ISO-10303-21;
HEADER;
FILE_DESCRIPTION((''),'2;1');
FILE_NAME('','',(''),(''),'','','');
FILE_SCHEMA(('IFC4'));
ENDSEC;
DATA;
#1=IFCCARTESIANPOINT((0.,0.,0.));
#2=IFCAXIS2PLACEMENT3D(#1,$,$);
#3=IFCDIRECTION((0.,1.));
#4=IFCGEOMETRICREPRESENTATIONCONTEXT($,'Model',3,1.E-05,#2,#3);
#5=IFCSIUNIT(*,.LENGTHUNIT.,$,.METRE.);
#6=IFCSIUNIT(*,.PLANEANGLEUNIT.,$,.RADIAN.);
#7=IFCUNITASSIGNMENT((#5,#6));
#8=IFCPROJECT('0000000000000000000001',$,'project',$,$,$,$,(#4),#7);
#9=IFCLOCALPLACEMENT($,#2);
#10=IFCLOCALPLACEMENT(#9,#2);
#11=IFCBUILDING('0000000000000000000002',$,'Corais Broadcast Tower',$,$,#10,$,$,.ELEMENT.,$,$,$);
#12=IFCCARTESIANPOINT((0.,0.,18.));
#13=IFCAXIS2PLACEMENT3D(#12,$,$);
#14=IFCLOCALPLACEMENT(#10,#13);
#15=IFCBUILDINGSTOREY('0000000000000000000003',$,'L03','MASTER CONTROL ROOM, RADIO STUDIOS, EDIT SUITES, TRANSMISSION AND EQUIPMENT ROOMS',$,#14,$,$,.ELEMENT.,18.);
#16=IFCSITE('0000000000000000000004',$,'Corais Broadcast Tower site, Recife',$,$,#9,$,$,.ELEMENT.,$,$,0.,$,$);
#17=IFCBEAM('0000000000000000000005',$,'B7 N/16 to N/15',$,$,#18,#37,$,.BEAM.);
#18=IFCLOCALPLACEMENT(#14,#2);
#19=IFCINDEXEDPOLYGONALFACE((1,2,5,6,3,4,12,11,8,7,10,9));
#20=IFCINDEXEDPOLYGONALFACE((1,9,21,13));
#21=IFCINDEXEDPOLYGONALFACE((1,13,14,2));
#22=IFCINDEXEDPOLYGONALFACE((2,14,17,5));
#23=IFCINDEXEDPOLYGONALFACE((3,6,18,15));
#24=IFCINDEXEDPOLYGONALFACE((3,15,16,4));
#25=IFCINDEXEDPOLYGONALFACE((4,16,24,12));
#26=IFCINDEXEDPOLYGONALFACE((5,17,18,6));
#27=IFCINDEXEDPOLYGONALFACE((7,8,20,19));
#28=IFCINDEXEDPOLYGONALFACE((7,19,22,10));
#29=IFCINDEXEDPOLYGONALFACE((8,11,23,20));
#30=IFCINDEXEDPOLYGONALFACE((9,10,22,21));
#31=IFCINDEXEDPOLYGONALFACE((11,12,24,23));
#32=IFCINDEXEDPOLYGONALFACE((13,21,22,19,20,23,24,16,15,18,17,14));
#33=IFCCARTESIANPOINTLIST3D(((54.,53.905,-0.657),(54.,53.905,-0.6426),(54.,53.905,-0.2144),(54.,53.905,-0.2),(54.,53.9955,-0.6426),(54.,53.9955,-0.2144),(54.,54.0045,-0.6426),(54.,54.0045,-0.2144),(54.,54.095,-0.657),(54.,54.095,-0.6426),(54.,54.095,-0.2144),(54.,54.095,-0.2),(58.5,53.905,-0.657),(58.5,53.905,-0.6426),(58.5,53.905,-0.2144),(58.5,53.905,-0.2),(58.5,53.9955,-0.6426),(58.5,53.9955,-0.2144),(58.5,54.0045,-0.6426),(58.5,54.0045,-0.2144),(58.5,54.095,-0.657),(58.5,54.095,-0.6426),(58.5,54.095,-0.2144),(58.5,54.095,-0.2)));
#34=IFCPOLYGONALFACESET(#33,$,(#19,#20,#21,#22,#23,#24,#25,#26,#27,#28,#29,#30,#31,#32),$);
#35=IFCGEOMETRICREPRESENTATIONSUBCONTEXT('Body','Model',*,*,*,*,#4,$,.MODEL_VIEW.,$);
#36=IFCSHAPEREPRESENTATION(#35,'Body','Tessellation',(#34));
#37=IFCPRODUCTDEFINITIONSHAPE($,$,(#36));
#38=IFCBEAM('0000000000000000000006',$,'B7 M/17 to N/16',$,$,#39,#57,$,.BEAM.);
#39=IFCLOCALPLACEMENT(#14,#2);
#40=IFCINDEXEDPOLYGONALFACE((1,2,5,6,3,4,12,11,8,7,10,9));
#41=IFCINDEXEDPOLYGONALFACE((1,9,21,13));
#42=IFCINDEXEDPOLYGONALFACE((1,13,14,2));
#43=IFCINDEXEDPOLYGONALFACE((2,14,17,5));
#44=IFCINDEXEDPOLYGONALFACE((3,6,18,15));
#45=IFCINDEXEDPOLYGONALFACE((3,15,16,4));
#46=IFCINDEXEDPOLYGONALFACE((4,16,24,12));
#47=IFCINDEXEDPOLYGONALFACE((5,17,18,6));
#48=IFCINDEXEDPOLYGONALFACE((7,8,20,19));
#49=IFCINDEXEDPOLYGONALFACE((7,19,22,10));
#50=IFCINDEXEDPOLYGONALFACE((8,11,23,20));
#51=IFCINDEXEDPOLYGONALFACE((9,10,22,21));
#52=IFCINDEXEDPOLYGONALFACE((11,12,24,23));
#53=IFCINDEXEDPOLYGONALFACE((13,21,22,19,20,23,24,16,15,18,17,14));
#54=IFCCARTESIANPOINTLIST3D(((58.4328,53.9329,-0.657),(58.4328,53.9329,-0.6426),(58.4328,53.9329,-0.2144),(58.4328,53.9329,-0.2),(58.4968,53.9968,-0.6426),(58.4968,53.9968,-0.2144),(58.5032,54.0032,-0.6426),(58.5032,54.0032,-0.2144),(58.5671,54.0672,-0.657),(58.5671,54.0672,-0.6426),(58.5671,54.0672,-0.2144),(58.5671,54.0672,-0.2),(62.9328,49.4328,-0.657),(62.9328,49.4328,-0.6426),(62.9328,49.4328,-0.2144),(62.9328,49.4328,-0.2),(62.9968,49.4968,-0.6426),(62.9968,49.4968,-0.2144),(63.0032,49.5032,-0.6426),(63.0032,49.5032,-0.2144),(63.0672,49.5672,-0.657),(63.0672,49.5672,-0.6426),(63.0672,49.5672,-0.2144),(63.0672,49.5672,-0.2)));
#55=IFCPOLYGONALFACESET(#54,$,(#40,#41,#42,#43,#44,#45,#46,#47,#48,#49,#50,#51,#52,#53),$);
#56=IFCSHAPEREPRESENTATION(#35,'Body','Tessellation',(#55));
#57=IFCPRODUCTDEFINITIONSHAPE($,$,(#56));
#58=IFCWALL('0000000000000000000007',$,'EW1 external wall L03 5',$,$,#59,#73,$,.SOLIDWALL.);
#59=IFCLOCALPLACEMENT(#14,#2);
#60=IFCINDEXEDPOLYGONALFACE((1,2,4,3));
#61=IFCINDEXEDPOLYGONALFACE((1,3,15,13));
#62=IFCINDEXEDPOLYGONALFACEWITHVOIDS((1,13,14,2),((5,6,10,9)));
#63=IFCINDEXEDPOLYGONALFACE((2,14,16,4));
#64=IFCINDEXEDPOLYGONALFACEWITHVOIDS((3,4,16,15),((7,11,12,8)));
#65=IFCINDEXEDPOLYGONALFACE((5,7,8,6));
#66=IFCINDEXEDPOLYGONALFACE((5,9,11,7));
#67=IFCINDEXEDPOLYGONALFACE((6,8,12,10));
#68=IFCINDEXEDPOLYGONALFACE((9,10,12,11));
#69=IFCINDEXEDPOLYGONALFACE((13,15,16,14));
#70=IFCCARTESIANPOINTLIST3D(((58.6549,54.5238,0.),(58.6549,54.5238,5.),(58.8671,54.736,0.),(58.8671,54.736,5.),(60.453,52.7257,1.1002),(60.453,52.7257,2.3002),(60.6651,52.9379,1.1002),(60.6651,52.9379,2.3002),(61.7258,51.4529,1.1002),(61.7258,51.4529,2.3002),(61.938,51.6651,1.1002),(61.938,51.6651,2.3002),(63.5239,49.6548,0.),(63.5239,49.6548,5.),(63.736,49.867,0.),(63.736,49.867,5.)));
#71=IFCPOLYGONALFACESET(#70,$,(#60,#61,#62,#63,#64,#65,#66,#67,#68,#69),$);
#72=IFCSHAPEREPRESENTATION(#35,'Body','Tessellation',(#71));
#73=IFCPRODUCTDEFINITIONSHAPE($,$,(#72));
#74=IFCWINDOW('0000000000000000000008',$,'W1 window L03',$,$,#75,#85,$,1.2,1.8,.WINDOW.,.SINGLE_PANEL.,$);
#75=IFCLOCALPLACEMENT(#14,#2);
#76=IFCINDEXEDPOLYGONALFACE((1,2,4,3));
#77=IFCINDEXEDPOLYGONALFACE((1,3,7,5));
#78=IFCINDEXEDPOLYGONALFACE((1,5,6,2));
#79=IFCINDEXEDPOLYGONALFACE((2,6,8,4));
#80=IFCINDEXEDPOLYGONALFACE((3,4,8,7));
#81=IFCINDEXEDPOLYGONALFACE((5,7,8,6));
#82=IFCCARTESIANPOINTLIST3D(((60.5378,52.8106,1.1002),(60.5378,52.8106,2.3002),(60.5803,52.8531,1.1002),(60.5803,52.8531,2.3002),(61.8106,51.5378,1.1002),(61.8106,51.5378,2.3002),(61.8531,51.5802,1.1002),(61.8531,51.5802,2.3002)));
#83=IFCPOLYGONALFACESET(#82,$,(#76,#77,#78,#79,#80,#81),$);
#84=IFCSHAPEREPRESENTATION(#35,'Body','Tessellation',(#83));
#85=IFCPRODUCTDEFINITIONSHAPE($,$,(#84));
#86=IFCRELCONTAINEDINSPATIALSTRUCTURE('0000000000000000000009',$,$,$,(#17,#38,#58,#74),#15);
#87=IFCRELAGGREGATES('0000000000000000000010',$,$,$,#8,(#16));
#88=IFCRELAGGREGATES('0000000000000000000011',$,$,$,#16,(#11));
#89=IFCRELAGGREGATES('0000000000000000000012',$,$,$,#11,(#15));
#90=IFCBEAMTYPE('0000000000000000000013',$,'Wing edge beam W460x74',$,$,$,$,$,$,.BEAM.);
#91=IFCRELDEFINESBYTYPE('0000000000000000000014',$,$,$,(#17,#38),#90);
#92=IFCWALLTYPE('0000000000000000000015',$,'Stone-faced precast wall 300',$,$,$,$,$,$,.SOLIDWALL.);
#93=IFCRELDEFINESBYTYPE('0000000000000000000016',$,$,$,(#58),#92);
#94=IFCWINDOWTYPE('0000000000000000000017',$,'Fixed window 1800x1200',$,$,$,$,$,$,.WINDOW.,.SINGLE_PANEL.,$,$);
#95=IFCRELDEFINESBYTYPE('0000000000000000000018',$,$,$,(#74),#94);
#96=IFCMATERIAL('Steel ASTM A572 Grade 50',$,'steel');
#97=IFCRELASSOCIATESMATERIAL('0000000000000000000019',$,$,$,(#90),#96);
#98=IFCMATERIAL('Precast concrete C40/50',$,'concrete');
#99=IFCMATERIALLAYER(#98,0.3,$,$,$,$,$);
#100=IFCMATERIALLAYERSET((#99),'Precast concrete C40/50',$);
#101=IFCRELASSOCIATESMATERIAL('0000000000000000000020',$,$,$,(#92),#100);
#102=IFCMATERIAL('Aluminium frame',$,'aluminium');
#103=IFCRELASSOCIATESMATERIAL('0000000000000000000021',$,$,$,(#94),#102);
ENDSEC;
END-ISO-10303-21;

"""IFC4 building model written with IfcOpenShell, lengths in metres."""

from ifc_helpers import new_model, si_unit, direction, frame, frame_2d, origin, origin_2d, place, context, subcontext, project, spatial, rectangle, i_section, extrude, material, layer, layer_set, material_profile, profile_set, type_object, element, fill, save


model = new_model("IFC4")

# Units and contexts
model_context = context("Model", 3, precision=1e-05, world=origin(), true_north=direction((0.0, 1.0)))
body_context = subcontext(model_context, "Body", "Model", "MODEL_VIEW")
ifc_project = project(units=[si_unit("LENGTHUNIT", "METRE"), si_unit("PLANEANGLEUNIT", "RADIAN")], contexts=[model_context])

# Site, building, storey
site_placement = place(None, origin())
site = spatial("IfcSite", under=ifc_project, at=site_placement, Name="Corais Broadcast Tower site, Recife", CompositionType="ELEMENT", RefElevation=0.0)
building_placement = place(site_placement, origin())
building = spatial("IfcBuilding", under=site, at=building_placement, Name="Corais Broadcast Tower", CompositionType="ELEMENT")
storey_placement = place(building_placement, frame((0.0, 0.0, 18.0)))
storey = spatial("IfcBuildingStorey", under=building, at=storey_placement, Name="L03", Description="MASTER CONTROL ROOM, RADIO STUDIOS, EDIT SUITES, TRANSMISSION AND EQUIPMENT ROOMS", CompositionType="ELEMENT", Elevation=18.0)

# Beams
ifc_material_1 = material(Name="Steel ASTM A572 Grade 50", Category="steel")
ifc_material_profile = material_profile(ifc_material_1, i_section(OverallWidth=0.1899, OverallDepth=0.457, WebThickness=0.009, FlangeThickness=0.0144, at=origin_2d()), Name="W460x74")
ifc_profile_set = profile_set([ifc_material_profile], Name="Steel ASTM A572 Grade 50")
beam_type = type_object("IfcBeamType", Name="Wing edge beam W460x74", PredefinedType="BEAM", material=ifc_profile_set)
beam_1_placement = place(storey_placement, frame((58.5, 54.0, -0.4285), z_axis=(-1.0, 0.0, 0.0), x_axis=(0.0, -1.0, 0.0)))
element("IfcBeam", 1, at=beam_1_placement, inside=storey, type_object=beam_type, Name="B7 N/16 to N/15", PredefinedType="BEAM", context=body_context, shape_type="SweptSolid", body=[
    extrude(i_section(OverallWidth=0.1899, OverallDepth=0.457, WebThickness=0.009, FlangeThickness=0.0144, at=origin_2d()), origin(), (0.0, 0.0, 1.0), 4.5),
])
beam_2_placement = place(storey_placement, frame((63.0, 49.5, -0.4285), z_axis=(-0.707107, 0.707107, 0.0), x_axis=(-0.707107, -0.707107, 0.0)))
element("IfcBeam", 2, at=beam_2_placement, inside=storey, type_object=beam_type, Name="B7 M/17 to N/16", PredefinedType="BEAM", context=body_context, shape_type="SweptSolid", body=[
    extrude(i_section(OverallWidth=0.1899, OverallDepth=0.457, WebThickness=0.009, FlangeThickness=0.0144, at=origin_2d()), origin(), (0.0, 0.0, 1.0), 6.364),
])

# Wall, opening, window
ifc_material_2 = material(Name="Precast concrete C40/50", Category="concrete")
ifc_layer = layer(ifc_material_2, 0.3)
ifc_layer_set = layer_set([ifc_layer], Name="Precast concrete C40/50")
wall_type = type_object("IfcWallType", Name="Stone-faced precast wall 300", PredefinedType="SOLIDWALL", material=ifc_layer_set)
wall_placement = place(storey_placement, frame((58.761, 54.6299, 0.0), z_axis=(0.0, 0.0, 1.0), x_axis=(0.707107, -0.707107, 0.0)))
wall = element("IfcWall", 3, at=wall_placement, inside=storey, type_object=wall_type, Name="EW1 external wall L03 5", PredefinedType="SOLIDWALL", context=body_context, shape_type="SweptSolid", body=[
    extrude(rectangle(XDim=6.8857, YDim=0.3, at=frame_2d((3.4429, 0.0))), origin(), (0.0, 0.0, 1.0), 5.0),
])
opening_placement = place(wall_placement, frame((2.543, 0.0, 1.1001)))
opening = element("IfcOpeningElement", 4, at=opening_placement, cuts=wall, PredefinedType="OPENING", context=body_context, shape_type="SweptSolid", body=[
    extrude(rectangle(XDim=1.8, YDim=1.2, at=frame_2d((0.8999, 0.6001))), frame((0.0, 0.1599, 0.0), z_axis=(0.0, -1.0, 0.0), x_axis=(1.0, 0.0, 0.0)), (0.0, 0.0, 1.0), 0.3201),
])
ifc_material_3 = material(Name="Aluminium frame", Category="aluminium")
window_type = type_object("IfcWindowType", Name="Fixed window 1800x1200", PartitioningType="SINGLE_PANEL", PredefinedType="WINDOW", material=ifc_material_3)
window_placement = place(opening_placement, origin())
window = element("IfcWindow", 5, at=window_placement, inside=storey, type_object=window_type, Name="W1 window L03", OverallHeight=1.2, OverallWidth=1.8, PartitioningType="SINGLE_PANEL", PredefinedType="WINDOW", context=body_context, shape_type="SweptSolid", body=[
    extrude(rectangle(XDim=1.8, YDim=1.2, at=frame_2d((0.8999, 0.6001))), frame((0.0, 0.03, 0.0), z_axis=(0.0, -1.0, 0.0), x_axis=(1.0, 0.0, 0.0)), (0.0, 0.0, 1.0), 0.0601),
])
fill(opening, window)

save(model, "model.ifc")
